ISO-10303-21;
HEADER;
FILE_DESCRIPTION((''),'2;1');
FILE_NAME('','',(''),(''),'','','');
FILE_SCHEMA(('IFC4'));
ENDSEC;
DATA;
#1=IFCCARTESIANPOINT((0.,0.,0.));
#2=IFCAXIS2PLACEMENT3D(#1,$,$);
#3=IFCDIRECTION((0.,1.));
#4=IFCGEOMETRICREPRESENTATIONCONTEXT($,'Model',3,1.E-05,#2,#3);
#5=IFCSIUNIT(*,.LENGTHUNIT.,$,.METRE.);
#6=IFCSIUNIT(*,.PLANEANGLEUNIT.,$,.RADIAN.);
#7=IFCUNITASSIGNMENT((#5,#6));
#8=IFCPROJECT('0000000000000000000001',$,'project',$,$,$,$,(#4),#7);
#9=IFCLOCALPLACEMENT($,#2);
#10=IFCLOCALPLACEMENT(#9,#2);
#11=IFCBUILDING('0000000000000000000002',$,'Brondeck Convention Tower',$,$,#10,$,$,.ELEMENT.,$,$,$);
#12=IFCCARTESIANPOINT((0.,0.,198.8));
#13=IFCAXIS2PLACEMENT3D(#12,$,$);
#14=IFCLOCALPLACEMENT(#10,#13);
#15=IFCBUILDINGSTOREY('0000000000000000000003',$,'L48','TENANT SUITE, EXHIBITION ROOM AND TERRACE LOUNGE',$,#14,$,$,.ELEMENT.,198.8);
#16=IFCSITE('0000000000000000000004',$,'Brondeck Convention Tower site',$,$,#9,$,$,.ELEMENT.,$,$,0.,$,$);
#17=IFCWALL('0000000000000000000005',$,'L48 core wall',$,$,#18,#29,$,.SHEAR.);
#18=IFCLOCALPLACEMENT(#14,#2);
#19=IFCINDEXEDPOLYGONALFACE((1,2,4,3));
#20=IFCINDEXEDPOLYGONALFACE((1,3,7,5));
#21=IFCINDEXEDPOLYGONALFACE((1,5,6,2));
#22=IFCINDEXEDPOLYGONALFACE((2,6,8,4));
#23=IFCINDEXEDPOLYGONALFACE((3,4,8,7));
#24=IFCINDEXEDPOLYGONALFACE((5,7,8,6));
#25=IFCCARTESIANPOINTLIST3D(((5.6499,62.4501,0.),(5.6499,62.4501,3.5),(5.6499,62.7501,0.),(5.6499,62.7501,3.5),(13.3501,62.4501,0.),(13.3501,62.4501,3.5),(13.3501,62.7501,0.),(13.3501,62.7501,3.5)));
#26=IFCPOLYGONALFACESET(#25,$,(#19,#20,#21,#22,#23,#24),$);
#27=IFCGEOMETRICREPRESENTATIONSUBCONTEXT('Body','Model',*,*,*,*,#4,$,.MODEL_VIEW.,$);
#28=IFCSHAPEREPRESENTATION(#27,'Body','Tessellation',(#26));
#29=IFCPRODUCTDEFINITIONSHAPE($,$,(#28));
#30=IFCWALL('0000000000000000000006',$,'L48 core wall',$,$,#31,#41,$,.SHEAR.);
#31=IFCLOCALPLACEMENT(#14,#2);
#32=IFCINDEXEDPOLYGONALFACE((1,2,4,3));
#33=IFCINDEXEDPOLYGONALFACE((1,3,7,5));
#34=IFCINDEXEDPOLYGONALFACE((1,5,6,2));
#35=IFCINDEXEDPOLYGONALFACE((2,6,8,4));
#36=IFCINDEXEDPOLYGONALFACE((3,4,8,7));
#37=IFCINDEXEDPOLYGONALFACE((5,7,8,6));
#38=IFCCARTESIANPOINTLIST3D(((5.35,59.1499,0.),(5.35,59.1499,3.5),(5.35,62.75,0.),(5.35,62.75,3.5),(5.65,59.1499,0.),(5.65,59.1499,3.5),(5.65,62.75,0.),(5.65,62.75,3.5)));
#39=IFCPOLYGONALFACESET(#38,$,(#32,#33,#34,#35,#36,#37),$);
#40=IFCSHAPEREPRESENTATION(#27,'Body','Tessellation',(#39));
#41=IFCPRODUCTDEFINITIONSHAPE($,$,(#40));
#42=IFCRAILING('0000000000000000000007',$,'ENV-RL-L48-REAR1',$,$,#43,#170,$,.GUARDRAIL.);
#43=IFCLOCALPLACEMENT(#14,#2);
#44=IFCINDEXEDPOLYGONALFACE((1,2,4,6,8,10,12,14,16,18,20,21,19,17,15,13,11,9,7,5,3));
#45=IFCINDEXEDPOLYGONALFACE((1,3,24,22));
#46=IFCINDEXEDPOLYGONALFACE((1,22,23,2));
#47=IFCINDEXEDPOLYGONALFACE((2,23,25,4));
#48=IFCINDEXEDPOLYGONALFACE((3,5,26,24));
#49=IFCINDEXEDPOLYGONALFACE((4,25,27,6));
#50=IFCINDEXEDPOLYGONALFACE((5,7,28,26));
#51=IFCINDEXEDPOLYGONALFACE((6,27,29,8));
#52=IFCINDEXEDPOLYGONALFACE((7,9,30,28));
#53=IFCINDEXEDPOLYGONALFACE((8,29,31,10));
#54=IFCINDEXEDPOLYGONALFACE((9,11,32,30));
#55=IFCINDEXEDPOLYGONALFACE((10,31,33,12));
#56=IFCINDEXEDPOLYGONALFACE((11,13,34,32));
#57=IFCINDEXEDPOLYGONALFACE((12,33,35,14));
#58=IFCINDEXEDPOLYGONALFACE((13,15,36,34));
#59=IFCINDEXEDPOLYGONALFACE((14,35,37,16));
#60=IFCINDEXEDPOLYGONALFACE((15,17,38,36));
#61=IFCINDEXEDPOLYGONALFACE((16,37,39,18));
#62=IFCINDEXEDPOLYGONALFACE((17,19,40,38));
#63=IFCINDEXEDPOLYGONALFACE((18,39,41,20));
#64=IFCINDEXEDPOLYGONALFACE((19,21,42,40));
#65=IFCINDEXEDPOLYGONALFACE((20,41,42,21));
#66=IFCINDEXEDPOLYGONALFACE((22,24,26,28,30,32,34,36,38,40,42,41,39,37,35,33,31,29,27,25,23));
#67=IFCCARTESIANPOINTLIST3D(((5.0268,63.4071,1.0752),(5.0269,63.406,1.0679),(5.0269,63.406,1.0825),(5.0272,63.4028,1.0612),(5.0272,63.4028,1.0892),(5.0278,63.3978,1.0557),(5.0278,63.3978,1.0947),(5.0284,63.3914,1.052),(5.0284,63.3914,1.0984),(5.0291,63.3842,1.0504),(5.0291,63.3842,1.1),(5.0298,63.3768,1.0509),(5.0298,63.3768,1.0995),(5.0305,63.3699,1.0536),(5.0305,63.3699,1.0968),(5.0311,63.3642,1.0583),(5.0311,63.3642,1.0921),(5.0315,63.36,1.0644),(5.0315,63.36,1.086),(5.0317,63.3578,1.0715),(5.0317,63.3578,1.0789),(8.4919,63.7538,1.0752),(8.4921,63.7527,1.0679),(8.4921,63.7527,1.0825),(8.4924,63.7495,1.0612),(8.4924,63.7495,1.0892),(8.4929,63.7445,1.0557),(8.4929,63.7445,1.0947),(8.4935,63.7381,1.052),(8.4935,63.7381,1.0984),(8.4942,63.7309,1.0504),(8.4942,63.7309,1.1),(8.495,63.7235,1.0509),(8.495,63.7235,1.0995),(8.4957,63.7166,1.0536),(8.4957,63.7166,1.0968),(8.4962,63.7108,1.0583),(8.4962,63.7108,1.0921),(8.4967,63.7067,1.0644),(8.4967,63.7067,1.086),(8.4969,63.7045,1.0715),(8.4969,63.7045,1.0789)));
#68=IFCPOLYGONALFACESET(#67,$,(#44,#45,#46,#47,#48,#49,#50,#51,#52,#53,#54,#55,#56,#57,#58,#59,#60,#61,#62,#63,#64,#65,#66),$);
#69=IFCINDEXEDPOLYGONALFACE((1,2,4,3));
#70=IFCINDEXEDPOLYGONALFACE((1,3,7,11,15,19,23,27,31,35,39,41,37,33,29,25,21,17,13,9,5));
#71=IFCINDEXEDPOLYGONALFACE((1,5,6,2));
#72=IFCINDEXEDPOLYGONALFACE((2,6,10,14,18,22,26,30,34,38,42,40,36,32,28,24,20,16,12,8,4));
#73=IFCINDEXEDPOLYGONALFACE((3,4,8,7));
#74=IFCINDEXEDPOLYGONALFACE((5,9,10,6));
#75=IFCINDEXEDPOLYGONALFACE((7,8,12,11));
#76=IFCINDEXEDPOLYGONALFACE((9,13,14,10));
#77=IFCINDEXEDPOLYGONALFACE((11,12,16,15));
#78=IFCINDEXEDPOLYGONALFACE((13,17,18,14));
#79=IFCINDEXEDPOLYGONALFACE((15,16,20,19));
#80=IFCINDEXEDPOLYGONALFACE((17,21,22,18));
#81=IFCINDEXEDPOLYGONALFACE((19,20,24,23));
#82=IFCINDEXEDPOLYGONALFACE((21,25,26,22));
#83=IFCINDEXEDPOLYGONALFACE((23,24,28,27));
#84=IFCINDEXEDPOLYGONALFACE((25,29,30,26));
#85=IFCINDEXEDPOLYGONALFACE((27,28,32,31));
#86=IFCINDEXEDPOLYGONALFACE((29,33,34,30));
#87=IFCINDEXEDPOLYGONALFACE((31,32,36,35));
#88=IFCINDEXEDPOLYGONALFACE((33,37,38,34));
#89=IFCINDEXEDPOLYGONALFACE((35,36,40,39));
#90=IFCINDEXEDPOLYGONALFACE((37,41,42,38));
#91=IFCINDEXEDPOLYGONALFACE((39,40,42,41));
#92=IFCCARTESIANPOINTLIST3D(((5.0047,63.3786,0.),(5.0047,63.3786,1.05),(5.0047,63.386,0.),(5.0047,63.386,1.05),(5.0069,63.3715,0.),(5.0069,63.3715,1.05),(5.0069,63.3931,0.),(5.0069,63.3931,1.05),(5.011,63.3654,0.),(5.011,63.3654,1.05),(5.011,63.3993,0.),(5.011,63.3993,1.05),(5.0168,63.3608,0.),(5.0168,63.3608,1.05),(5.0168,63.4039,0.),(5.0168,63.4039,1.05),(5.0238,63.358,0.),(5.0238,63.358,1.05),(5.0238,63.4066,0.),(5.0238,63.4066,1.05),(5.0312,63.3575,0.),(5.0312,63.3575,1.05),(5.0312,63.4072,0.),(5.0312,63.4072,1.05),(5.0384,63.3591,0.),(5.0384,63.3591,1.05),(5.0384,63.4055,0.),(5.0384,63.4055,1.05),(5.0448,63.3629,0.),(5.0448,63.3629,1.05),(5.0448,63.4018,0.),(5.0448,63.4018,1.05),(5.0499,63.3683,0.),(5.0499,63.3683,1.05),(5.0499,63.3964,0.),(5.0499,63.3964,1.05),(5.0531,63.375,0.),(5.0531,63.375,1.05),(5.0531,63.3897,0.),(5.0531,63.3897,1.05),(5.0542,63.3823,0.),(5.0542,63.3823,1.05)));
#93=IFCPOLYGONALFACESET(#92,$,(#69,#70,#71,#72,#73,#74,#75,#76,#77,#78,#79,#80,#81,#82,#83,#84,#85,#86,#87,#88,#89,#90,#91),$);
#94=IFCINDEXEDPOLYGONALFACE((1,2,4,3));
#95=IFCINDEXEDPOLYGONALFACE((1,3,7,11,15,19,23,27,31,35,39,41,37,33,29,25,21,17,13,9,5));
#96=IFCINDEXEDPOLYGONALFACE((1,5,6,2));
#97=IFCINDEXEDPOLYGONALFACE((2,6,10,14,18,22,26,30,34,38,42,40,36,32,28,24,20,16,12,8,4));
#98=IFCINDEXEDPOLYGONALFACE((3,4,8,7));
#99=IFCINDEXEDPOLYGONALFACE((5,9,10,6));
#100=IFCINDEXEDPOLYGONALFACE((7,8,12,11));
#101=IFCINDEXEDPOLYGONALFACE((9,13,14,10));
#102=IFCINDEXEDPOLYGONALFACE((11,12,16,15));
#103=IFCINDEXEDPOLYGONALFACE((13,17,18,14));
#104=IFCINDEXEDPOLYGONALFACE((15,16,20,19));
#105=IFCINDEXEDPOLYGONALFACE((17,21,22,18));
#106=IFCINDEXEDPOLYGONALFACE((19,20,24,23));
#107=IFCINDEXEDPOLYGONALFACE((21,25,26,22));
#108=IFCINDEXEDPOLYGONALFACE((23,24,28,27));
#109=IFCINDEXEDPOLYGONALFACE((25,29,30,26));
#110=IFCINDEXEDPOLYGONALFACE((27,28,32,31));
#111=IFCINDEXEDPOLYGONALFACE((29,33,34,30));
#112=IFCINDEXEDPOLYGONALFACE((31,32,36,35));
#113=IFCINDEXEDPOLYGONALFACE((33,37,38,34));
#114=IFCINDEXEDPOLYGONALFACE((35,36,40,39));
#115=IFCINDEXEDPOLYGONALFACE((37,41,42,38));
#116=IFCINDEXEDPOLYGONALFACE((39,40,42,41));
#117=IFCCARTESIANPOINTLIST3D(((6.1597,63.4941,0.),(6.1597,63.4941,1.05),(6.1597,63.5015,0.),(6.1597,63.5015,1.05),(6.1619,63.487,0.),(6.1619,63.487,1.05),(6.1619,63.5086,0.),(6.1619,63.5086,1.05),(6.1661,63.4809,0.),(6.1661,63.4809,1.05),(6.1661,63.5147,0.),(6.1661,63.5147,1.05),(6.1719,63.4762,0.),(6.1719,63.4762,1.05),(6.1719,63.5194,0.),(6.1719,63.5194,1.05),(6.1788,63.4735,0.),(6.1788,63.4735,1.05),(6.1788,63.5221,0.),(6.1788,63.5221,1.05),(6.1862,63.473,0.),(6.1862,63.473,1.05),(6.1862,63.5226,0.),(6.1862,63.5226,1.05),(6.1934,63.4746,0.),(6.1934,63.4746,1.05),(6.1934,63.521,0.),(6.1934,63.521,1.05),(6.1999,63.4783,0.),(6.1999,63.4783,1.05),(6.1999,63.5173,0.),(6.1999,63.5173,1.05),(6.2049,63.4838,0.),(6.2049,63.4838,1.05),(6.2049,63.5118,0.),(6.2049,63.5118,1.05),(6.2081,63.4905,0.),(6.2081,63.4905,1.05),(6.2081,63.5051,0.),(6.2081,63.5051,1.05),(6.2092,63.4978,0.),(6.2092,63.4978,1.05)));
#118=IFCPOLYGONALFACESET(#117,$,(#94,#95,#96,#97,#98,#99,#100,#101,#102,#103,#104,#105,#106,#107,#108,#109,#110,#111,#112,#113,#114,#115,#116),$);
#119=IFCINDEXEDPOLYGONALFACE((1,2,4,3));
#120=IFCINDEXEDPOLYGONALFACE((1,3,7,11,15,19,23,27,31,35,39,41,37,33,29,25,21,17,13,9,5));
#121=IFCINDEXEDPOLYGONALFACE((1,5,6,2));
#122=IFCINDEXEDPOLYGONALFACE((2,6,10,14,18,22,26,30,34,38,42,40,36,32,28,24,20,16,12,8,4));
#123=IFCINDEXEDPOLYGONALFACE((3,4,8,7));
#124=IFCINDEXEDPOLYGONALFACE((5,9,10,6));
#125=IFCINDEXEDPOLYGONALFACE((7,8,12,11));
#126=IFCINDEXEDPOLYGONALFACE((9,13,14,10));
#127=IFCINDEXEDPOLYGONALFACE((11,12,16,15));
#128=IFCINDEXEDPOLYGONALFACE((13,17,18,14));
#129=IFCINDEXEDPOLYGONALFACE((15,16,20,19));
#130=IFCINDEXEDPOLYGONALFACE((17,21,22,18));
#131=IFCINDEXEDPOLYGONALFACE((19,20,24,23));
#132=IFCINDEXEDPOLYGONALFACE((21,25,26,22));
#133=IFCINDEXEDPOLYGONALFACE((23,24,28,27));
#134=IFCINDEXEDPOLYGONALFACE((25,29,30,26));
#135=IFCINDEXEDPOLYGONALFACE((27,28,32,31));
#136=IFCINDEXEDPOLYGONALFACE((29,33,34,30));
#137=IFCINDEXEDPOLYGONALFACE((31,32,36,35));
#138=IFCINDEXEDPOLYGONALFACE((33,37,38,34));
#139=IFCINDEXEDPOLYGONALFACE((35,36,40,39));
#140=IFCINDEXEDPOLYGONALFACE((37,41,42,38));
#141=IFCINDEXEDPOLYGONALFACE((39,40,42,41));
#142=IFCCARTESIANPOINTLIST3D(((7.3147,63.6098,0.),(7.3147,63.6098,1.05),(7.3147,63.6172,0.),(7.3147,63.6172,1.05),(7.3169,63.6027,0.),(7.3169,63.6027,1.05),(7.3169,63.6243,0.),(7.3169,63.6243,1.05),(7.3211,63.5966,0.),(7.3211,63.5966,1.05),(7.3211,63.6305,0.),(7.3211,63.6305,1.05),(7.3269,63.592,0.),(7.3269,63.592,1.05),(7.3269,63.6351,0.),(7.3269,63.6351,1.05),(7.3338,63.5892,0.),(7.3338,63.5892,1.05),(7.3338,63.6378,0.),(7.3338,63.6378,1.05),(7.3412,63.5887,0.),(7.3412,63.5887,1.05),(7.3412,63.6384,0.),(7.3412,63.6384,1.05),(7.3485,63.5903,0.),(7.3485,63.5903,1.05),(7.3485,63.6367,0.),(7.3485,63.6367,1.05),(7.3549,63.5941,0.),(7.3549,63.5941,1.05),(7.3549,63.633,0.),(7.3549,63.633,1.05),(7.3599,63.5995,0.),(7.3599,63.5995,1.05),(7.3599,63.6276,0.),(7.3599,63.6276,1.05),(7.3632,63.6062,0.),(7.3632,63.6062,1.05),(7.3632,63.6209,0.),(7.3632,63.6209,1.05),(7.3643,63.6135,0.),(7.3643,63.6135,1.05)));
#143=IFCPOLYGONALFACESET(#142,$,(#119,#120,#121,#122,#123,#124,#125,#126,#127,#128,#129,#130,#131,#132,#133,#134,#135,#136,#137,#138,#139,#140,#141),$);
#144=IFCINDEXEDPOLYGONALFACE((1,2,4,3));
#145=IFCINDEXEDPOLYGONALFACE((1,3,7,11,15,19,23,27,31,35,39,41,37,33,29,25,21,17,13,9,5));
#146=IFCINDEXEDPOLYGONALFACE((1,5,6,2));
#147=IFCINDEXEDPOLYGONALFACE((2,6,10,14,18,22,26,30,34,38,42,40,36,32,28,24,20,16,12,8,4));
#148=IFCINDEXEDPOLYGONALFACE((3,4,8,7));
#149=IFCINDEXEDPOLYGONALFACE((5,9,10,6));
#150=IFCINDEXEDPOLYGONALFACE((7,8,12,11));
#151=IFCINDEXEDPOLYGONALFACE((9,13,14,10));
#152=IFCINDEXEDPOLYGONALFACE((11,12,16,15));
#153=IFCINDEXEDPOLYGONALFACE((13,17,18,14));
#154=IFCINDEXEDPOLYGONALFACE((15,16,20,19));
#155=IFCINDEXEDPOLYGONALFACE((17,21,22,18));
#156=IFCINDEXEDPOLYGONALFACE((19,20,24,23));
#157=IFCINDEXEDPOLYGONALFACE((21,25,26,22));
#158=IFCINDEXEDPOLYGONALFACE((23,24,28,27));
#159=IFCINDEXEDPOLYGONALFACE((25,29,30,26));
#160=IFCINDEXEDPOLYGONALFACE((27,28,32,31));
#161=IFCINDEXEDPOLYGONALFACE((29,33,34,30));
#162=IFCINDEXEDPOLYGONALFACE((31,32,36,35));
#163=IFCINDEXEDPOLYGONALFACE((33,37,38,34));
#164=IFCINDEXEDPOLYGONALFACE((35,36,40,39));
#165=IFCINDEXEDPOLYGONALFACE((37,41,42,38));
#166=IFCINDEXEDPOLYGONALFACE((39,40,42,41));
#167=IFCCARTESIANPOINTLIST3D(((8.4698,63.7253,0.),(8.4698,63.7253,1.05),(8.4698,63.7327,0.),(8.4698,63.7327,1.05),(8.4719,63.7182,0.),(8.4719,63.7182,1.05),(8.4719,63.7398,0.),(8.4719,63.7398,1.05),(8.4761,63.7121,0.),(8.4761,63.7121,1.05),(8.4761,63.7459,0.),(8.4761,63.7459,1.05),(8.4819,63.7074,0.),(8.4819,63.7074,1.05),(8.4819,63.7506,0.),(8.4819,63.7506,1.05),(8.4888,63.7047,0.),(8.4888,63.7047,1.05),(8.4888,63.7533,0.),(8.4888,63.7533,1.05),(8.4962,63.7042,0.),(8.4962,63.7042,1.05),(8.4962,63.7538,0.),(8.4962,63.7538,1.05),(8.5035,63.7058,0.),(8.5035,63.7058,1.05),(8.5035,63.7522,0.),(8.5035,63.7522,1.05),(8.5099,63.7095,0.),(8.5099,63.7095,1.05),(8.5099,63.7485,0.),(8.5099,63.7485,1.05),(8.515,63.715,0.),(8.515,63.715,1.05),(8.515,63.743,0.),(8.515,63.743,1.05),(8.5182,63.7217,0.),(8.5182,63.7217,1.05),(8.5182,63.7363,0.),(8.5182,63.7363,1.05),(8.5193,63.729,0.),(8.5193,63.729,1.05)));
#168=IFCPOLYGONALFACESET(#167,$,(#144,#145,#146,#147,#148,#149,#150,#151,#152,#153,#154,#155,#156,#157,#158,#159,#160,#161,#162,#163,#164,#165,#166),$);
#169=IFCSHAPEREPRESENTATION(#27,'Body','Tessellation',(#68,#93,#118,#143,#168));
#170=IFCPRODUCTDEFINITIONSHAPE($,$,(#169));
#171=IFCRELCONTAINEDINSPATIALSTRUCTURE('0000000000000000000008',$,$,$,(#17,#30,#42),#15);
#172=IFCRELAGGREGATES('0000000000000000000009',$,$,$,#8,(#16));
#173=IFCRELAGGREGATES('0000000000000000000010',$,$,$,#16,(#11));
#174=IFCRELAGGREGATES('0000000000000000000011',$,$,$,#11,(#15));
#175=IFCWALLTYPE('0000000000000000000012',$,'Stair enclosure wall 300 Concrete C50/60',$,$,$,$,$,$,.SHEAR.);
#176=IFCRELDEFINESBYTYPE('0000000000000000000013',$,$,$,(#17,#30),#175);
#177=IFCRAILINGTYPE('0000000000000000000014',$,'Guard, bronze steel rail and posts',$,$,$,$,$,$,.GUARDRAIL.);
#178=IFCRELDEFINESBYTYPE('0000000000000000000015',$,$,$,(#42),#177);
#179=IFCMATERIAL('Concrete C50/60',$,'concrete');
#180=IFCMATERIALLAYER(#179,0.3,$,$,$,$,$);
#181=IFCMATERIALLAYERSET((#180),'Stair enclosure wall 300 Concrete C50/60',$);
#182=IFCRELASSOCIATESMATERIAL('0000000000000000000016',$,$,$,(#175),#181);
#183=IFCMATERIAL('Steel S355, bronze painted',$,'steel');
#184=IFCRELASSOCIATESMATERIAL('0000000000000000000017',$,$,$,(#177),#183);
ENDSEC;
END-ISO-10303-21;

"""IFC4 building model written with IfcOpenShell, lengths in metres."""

from ifc_helpers import new_model, si_unit, direction, frame, frame_2d, origin, origin_2d, place, context, subcontext, project, spatial, rectangle, circle, extrude, material, layer, layer_set, type_object, element, save


model = new_model("IFC4")

# Units and contexts
model_context = context("Model", 3, precision=1e-05, world=origin(), true_north=direction((0.0, 1.0)))
body_context = subcontext(model_context, "Body", "Model", "MODEL_VIEW")
ifc_project = project(units=[si_unit("LENGTHUNIT", "METRE"), si_unit("PLANEANGLEUNIT", "RADIAN")], contexts=[model_context])

# Site, building, storey
site_placement = place(None, origin())
site = spatial("IfcSite", under=ifc_project, at=site_placement, Name="Brondeck Convention Tower site", CompositionType="ELEMENT", RefElevation=0.0)
building_placement = place(site_placement, origin())
building = spatial("IfcBuilding", under=site, at=building_placement, Name="Brondeck Convention Tower", CompositionType="ELEMENT")
storey_placement = place(building_placement, frame((0.0, 0.0, 198.8)))
storey = spatial("IfcBuildingStorey", under=building, at=storey_placement, Name="L48", Description="TENANT SUITE, EXHIBITION ROOM AND TERRACE LOUNGE", CompositionType="ELEMENT", Elevation=198.8)

# Shared definitions
ifc_material_1 = material(Name="Concrete C50/60", Category="concrete")

# Shared definitions
ifc_layer_1 = layer(ifc_material_1, 0.3)
ifc_layer_set_1 = layer_set([ifc_layer_1], Name="Stair enclosure wall 300 Concrete C50/60")
wall_type_1 = type_object("IfcWallType", Name="Stair enclosure wall 300 Concrete C50/60", PredefinedType="SHEAR", material=ifc_layer_set_1)

# Walls
wall_1_placement = place(storey_placement, frame((5.6499, 62.6001, 0.0), z_axis=(0.0, 0.0, 1.0), x_axis=(1.0, 0.0, 0.0)))
element("IfcWall", 1, at=wall_1_placement, inside=storey, type_object=wall_type_1, Name="L48 core wall", PredefinedType="SHEAR", context=body_context, shape_type="SweptSolid", body=[
    extrude(rectangle(XDim=7.7002, YDim=0.3, at=frame_2d((3.8501, 0.0))), origin(), (0.0, 0.0, 1.0), 3.5),
])
wall_2_placement = place(storey_placement, frame((5.5, 59.1499, 0.0), z_axis=(0.0, 0.0, 1.0), x_axis=(0.0, 1.0, 0.0)))
element("IfcWall", 2, at=wall_2_placement, inside=storey, type_object=wall_type_1, Name="L48 core wall", PredefinedType="SHEAR", context=body_context, shape_type="SweptSolid", body=[
    extrude(rectangle(XDim=3.6001, YDim=0.3, at=frame_2d((1.8, 0.0))), origin(), (0.0, 0.0, 1.0), 3.5),
])

# Railing
ifc_material_2 = material(Name="Steel S355, bronze painted", Category="steel")
railing_type = type_object("IfcRailingType", Name="Guard, bronze steel rail and posts", PredefinedType="GUARDRAIL", material=ifc_material_2)
railing_placement = place(storey_placement, frame((5.0293, 63.3823, 0.0)))
element("IfcRailing", 3, at=railing_placement, inside=storey, type_object=railing_type, Name="ENV-RL-L48-REAR1", PredefinedType="GUARDRAIL", context=body_context, shape_type="SweptSolid", body=[
    extrude(circle(Radius=0.0249, at=origin_2d()), frame((0.0, 0.0, 1.0752), z_axis=(0.995032, 0.099552, 0.0), x_axis=(-0.099552, 0.995032, 0.0)), (0.0, 0.0, 1.0), 3.4824),
    extrude(circle(Radius=0.0249, at=origin_2d()), origin(), (0.0, 0.0, 1.0), 1.05),
    extrude(circle(Radius=0.0249, at=origin_2d()), frame((1.155, 0.1155, 0.0)), (0.0, 0.0, 1.0), 1.05),
    extrude(circle(Radius=0.0249, at=origin_2d()), frame((2.3101, 0.2312, 0.0)), (0.0, 0.0, 1.0), 1.05),
    extrude(circle(Radius=0.0249, at=origin_2d()), frame((3.4651, 0.3467, 0.0)), (0.0, 0.0, 1.0), 1.05),
])

save(model, "model.ifc")
